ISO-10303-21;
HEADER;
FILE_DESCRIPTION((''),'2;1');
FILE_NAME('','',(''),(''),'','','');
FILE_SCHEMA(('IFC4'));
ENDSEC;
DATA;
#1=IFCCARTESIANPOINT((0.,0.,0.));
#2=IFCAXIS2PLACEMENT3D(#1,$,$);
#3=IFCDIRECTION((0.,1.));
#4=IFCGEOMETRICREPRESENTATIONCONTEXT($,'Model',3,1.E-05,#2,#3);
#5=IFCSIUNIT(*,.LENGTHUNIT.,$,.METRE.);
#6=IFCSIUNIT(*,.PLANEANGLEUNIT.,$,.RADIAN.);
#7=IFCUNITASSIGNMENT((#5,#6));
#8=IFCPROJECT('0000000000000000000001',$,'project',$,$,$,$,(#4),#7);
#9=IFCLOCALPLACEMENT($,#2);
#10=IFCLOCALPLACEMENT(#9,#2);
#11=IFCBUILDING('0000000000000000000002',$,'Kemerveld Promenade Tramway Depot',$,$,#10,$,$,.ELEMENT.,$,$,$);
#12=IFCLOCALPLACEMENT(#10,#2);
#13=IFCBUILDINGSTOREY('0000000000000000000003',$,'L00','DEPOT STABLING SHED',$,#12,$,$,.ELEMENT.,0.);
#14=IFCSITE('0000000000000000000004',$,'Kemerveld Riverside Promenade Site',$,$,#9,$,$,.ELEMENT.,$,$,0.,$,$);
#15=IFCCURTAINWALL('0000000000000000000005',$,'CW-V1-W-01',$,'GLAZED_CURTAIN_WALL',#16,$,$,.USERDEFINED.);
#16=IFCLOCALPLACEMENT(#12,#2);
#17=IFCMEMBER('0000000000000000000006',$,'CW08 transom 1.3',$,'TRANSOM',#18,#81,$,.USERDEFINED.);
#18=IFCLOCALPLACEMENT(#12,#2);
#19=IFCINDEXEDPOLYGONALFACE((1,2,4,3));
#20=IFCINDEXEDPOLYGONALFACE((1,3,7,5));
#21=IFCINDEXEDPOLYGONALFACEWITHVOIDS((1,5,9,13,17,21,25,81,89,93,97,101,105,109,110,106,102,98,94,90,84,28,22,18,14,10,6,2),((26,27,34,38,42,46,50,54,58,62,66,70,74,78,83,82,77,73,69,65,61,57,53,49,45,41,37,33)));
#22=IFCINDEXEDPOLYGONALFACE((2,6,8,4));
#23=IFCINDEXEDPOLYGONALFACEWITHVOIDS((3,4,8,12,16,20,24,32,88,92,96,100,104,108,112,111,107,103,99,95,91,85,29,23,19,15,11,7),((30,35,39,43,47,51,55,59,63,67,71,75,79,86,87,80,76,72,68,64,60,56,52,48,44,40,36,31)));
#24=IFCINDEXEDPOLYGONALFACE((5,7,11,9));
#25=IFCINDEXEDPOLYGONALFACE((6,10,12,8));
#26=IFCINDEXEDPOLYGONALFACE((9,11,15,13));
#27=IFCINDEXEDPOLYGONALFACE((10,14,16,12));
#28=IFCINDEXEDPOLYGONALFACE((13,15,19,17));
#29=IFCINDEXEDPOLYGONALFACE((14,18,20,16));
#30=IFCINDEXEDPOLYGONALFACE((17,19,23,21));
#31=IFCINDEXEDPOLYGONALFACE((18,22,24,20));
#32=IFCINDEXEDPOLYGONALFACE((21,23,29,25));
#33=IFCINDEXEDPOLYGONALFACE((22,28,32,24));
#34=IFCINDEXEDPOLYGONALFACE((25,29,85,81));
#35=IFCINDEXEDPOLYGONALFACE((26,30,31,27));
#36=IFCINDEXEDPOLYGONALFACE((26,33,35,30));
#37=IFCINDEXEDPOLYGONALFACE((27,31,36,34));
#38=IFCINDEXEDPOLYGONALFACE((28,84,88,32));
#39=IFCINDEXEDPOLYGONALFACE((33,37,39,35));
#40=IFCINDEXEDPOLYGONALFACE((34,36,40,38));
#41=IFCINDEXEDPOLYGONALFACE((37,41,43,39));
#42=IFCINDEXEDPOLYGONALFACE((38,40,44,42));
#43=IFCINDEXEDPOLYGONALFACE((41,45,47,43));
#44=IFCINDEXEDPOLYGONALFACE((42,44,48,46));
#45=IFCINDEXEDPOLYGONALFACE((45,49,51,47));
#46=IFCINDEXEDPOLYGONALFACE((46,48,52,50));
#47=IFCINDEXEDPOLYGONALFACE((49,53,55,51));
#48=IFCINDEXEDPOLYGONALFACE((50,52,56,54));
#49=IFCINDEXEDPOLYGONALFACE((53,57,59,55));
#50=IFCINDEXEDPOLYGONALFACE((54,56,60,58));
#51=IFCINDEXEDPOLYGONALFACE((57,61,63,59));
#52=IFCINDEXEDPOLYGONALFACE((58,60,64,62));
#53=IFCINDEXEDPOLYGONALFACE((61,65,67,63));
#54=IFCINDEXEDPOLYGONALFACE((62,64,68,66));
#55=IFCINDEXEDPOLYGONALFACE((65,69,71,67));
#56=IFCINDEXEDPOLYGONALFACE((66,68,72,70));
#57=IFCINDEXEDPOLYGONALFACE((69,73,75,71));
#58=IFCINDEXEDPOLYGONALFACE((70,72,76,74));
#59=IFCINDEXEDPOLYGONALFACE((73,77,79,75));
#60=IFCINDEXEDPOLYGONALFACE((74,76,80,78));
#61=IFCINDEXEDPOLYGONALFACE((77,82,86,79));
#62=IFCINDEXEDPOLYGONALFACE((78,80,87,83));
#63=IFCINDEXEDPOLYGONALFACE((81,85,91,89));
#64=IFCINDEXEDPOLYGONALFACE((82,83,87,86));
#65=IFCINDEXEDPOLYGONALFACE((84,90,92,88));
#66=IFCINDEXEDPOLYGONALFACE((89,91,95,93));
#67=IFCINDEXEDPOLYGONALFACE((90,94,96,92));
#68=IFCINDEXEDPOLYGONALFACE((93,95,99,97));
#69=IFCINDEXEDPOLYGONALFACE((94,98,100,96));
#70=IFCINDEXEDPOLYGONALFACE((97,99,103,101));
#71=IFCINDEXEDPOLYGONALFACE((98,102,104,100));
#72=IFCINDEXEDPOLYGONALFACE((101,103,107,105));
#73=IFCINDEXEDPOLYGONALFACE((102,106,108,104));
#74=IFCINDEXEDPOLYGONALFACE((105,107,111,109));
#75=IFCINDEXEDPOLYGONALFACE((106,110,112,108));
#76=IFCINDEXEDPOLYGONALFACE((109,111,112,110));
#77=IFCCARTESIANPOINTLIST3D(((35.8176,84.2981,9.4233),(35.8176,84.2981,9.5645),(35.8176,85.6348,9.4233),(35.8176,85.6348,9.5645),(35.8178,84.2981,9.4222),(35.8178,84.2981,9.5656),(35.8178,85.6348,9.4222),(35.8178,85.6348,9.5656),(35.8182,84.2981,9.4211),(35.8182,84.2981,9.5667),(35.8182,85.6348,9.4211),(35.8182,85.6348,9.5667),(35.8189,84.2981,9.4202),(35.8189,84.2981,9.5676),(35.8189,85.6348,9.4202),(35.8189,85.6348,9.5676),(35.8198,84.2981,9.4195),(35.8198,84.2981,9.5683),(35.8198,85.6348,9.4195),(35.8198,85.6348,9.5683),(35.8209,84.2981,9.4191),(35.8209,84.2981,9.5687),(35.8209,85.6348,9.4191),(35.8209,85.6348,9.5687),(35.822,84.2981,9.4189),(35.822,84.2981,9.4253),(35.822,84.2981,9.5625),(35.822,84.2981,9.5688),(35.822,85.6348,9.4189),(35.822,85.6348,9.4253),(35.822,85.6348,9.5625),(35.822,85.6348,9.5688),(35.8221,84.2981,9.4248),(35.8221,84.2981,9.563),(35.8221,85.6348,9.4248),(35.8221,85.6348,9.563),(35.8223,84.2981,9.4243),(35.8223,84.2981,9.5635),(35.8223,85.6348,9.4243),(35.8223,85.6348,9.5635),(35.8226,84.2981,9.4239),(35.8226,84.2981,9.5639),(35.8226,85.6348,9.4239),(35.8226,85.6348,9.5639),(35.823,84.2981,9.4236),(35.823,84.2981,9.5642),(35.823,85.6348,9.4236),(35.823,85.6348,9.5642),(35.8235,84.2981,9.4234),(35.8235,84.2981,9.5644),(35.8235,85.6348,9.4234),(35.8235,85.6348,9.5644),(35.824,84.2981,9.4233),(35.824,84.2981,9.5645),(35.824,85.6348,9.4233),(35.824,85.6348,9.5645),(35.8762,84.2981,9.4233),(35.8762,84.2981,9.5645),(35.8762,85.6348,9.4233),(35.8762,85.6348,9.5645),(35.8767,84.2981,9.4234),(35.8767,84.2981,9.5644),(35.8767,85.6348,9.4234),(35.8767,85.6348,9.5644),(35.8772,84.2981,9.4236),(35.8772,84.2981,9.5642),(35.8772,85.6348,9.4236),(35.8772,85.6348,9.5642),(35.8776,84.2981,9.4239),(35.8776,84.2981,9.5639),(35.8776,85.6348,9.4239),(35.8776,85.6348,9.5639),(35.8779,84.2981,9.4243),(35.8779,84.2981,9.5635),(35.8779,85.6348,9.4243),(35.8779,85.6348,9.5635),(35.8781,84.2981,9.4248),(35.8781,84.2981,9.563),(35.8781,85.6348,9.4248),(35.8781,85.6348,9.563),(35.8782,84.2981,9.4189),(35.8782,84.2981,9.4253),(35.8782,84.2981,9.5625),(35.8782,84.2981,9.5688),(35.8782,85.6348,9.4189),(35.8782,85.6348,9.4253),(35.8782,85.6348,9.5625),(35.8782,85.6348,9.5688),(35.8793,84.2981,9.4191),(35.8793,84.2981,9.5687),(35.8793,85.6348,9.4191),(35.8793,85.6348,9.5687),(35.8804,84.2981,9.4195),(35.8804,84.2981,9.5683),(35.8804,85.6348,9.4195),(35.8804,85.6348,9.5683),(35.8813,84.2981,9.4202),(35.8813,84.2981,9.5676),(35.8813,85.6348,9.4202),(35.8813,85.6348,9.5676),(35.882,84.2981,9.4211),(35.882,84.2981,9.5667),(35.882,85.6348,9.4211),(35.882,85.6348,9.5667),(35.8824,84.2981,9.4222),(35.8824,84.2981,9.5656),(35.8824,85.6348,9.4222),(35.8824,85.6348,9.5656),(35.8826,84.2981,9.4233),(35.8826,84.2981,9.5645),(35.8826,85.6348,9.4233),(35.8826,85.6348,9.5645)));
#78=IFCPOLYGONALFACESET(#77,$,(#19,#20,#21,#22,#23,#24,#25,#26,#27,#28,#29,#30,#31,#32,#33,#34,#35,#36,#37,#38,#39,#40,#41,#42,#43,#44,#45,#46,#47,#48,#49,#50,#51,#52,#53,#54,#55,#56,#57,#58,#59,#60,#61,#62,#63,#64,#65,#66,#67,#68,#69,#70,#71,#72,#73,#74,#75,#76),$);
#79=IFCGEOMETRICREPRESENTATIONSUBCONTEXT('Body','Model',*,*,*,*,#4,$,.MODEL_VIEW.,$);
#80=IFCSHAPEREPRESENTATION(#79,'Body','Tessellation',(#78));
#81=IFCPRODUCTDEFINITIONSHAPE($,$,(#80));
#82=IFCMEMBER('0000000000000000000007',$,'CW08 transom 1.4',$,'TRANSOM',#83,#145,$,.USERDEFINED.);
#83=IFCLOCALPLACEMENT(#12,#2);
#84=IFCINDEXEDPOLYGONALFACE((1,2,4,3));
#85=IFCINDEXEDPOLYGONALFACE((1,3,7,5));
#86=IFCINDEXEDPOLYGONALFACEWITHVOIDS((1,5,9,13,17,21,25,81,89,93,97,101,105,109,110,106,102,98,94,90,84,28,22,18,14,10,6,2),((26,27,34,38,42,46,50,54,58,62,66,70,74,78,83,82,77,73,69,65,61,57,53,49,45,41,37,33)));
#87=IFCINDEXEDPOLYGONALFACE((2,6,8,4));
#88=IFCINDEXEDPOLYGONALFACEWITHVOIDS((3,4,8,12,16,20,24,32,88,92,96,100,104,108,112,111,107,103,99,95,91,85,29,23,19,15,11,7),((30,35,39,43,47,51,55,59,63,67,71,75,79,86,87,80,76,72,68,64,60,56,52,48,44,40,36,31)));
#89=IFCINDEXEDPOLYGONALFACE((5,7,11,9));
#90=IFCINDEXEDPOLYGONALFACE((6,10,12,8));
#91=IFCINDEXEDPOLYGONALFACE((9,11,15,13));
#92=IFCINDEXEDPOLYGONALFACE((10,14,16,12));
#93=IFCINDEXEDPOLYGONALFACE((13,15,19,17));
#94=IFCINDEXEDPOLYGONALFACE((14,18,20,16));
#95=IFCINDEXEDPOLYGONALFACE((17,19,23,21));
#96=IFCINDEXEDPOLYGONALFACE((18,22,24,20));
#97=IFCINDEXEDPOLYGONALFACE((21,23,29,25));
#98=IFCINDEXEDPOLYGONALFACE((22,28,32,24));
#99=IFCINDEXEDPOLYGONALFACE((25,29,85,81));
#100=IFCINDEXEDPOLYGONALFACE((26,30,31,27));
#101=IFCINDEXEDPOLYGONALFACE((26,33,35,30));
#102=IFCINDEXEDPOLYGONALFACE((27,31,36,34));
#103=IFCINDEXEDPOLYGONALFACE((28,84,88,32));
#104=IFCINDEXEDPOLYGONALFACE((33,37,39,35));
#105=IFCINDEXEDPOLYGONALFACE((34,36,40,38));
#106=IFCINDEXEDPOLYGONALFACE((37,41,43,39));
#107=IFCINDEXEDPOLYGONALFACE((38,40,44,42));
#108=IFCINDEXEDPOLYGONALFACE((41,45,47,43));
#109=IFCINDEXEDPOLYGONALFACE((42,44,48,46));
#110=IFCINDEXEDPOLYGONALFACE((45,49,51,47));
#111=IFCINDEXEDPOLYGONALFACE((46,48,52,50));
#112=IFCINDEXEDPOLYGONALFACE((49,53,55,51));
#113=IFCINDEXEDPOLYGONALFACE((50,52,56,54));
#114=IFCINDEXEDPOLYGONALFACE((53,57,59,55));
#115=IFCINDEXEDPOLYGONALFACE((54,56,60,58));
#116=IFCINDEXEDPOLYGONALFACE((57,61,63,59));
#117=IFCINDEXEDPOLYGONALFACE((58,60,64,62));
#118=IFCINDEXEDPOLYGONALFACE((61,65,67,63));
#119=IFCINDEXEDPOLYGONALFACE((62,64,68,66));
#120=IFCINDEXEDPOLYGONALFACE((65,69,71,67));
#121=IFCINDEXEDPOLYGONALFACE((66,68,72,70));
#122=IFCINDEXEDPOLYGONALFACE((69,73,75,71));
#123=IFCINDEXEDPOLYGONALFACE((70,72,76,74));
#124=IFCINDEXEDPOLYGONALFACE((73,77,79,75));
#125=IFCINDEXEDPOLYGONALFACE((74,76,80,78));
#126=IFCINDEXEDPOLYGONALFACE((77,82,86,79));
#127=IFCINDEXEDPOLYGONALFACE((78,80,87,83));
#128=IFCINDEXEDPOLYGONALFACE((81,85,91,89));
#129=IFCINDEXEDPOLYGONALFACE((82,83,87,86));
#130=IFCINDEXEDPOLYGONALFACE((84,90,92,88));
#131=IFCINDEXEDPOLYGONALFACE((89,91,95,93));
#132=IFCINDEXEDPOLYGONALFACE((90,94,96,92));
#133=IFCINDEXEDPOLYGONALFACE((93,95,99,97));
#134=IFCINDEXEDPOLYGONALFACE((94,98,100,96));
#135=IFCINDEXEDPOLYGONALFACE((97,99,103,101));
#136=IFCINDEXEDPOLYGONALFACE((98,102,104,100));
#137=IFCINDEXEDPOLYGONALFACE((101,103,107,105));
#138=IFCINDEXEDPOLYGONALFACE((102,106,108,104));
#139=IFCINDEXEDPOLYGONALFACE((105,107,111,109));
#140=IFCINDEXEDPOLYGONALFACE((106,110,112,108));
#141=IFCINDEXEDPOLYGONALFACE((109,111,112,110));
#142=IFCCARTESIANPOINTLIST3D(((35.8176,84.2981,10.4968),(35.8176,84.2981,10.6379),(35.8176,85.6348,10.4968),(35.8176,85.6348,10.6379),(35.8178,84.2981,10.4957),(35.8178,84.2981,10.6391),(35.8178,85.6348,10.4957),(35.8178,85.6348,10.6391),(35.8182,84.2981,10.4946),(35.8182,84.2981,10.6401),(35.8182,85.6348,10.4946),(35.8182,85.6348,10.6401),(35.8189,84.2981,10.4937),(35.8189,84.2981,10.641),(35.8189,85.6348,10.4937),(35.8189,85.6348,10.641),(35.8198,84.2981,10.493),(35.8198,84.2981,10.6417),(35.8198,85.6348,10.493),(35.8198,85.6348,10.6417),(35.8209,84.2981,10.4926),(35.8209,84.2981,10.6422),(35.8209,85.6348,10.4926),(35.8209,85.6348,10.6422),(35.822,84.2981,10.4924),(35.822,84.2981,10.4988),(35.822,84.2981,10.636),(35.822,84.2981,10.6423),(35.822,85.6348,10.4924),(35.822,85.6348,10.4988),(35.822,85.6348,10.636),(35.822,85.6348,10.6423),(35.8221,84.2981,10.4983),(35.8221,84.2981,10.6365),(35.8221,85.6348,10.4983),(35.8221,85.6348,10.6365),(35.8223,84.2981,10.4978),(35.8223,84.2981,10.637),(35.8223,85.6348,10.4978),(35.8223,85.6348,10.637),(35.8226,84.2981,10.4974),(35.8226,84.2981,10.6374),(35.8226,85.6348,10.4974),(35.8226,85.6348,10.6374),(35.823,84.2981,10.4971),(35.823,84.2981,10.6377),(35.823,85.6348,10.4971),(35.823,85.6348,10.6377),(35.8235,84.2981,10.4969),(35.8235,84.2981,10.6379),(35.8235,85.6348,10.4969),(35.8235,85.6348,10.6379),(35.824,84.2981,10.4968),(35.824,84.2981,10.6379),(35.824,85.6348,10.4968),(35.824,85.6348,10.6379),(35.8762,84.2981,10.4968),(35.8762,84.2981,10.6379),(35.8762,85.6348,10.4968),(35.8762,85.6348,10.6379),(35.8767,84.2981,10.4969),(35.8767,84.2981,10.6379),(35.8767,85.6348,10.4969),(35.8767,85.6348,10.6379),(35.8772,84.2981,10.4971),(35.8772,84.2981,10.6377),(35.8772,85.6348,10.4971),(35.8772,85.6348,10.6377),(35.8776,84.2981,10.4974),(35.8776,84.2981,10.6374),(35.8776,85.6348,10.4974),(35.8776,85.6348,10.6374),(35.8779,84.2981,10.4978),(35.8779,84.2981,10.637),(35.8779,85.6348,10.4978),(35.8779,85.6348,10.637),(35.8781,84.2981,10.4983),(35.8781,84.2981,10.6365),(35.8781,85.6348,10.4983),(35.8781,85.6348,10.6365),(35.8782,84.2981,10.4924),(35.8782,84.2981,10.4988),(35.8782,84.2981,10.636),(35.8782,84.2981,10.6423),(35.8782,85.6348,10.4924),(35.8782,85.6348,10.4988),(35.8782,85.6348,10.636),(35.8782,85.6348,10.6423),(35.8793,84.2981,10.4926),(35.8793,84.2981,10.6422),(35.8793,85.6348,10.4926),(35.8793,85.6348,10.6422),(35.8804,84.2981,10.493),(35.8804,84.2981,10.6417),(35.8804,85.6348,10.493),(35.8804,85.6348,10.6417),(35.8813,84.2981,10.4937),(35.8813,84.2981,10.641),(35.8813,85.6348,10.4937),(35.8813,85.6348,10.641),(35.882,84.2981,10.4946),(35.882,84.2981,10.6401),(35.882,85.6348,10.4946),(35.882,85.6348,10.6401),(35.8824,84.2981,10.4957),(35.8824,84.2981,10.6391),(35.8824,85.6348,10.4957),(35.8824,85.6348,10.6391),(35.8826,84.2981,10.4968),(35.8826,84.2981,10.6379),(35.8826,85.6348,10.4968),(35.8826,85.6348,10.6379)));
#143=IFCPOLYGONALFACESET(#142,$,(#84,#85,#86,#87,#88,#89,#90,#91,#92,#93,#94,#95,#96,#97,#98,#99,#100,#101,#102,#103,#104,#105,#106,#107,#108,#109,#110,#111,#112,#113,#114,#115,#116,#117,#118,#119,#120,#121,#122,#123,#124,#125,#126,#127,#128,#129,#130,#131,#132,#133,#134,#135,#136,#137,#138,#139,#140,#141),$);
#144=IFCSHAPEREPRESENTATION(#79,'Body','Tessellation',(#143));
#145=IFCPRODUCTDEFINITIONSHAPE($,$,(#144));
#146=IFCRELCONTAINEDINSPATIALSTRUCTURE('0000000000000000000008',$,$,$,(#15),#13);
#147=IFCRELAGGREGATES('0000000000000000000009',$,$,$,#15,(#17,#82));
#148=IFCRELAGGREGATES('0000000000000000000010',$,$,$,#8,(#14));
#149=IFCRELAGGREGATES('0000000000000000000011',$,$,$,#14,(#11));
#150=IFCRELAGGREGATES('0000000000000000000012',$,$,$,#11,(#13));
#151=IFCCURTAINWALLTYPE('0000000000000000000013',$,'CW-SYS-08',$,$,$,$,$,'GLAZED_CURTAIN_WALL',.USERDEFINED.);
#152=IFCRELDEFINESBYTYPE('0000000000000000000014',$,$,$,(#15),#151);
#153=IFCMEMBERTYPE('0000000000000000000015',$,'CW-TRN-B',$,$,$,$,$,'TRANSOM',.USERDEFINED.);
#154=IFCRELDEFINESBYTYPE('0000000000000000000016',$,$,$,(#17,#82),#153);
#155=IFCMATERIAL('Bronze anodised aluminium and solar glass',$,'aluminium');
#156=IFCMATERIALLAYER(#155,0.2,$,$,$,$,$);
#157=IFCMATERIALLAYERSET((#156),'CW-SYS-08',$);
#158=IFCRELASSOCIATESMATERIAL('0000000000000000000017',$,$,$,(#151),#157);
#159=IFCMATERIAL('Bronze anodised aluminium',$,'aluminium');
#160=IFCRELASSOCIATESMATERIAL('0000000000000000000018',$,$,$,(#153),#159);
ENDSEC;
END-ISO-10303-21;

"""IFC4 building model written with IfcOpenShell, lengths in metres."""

from ifc_helpers import new_model, si_unit, direction, frame, origin, origin_2d, place, context, subcontext, project, spatial, hollow_rectangle, extrude, material, layer, layer_set, material_profile, profile_set, type_object, element, aggregate, save


model = new_model("IFC4")

# Units and contexts
model_context = context("Model", 3, precision=1e-05, world=origin(), true_north=direction((0.0, 1.0)))
body_context = subcontext(model_context, "Body", "Model", "MODEL_VIEW")
ifc_project = project(units=[si_unit("LENGTHUNIT", "METRE"), si_unit("PLANEANGLEUNIT", "RADIAN")], contexts=[model_context])

# Site, building, storey
site_placement = place(None, origin())
site = spatial("IfcSite", under=ifc_project, at=site_placement, Name="Kemerveld Riverside Promenade Site", CompositionType="ELEMENT", RefElevation=0.0)
building_placement = place(site_placement, origin())
building = spatial("IfcBuilding", under=site, at=building_placement, Name="Kemerveld Promenade Tramway Depot", CompositionType="ELEMENT")
storey_placement = place(building_placement, origin())
storey = spatial("IfcBuildingStorey", under=building, at=storey_placement, Name="L00", Description="DEPOT STABLING SHED", CompositionType="ELEMENT", Elevation=0.0)

# Curtain wall
ifc_material_1 = material(Name="Bronze anodised aluminium and solar glass", Category="aluminium")
ifc_material_2 = material(Name="Bronze anodised aluminium", Category="aluminium")
ifc_layer_1 = layer(ifc_material_1, 0.2)
ifc_layer_set_1 = layer_set([ifc_layer_1], Name="CW-SYS-08")
curtain_wall_type_1 = type_object("IfcCurtainWallType", Name="CW-SYS-08", ElementType="GLAZED_CURTAIN_WALL", PredefinedType="USERDEFINED", material=ifc_layer_set_1)
curtain_wall_1_placement = place(storey_placement, origin())
curtain_wall_1 = element("IfcCurtainWall", 1, at=curtain_wall_1_placement, inside=storey, type_object=curtain_wall_type_1, Name="CW-V1-W-01", ObjectType="GLAZED_CURTAIN_WALL", PredefinedType="USERDEFINED")

# Members
ifc_material_profile_1 = material_profile(ifc_material_2, hollow_rectangle(XDim=0.0649, YDim=0.1499, WallThickness=0.0044, InnerFilletRadius=0.002, OuterFilletRadius=0.0044, at=origin_2d()), Name="CW-TRN-150x65")
ifc_profile_set_1 = profile_set([ifc_material_profile_1], Name="Bronze anodised aluminium")
member_type_1 = type_object("IfcMemberType", Name="CW-TRN-B", ElementType="TRANSOM", PredefinedType="USERDEFINED", material=ifc_profile_set_1)
member_1_placement = place(storey_placement, frame((35.8501, 84.2981, 9.4939), z_axis=(0.0, 1.0, 0.0), x_axis=(-1.0, 0.0, 0.0)))
member_1 = element("IfcMember", 2, at=member_1_placement, type_object=member_type_1, Name="CW08 transom 1.3", ObjectType="TRANSOM", PredefinedType="USERDEFINED", context=body_context, shape_type="SweptSolid", body=[
    extrude(hollow_rectangle(XDim=0.0649, YDim=0.1499, WallThickness=0.0044, InnerFilletRadius=0.002, OuterFilletRadius=0.0044, at=origin_2d()), origin(), (0.0, 0.0, 1.0), 1.3367),
])
member_2_placement = place(storey_placement, frame((35.8501, 84.2981, 10.5674), z_axis=(0.0, 1.0, 0.0), x_axis=(-1.0, 0.0, 0.0)))
member_2 = element("IfcMember", 3, at=member_2_placement, type_object=member_type_1, Name="CW08 transom 1.4", ObjectType="TRANSOM", PredefinedType="USERDEFINED", context=body_context, shape_type="SweptSolid", body=[
    extrude(hollow_rectangle(XDim=0.0649, YDim=0.1499, WallThickness=0.0044, InnerFilletRadius=0.002, OuterFilletRadius=0.0044, at=origin_2d()), origin(), (0.0, 0.0, 1.0), 1.3367),
])

aggregate(curtain_wall_1, [member_1, member_2])

save(model, "model.ifc")
